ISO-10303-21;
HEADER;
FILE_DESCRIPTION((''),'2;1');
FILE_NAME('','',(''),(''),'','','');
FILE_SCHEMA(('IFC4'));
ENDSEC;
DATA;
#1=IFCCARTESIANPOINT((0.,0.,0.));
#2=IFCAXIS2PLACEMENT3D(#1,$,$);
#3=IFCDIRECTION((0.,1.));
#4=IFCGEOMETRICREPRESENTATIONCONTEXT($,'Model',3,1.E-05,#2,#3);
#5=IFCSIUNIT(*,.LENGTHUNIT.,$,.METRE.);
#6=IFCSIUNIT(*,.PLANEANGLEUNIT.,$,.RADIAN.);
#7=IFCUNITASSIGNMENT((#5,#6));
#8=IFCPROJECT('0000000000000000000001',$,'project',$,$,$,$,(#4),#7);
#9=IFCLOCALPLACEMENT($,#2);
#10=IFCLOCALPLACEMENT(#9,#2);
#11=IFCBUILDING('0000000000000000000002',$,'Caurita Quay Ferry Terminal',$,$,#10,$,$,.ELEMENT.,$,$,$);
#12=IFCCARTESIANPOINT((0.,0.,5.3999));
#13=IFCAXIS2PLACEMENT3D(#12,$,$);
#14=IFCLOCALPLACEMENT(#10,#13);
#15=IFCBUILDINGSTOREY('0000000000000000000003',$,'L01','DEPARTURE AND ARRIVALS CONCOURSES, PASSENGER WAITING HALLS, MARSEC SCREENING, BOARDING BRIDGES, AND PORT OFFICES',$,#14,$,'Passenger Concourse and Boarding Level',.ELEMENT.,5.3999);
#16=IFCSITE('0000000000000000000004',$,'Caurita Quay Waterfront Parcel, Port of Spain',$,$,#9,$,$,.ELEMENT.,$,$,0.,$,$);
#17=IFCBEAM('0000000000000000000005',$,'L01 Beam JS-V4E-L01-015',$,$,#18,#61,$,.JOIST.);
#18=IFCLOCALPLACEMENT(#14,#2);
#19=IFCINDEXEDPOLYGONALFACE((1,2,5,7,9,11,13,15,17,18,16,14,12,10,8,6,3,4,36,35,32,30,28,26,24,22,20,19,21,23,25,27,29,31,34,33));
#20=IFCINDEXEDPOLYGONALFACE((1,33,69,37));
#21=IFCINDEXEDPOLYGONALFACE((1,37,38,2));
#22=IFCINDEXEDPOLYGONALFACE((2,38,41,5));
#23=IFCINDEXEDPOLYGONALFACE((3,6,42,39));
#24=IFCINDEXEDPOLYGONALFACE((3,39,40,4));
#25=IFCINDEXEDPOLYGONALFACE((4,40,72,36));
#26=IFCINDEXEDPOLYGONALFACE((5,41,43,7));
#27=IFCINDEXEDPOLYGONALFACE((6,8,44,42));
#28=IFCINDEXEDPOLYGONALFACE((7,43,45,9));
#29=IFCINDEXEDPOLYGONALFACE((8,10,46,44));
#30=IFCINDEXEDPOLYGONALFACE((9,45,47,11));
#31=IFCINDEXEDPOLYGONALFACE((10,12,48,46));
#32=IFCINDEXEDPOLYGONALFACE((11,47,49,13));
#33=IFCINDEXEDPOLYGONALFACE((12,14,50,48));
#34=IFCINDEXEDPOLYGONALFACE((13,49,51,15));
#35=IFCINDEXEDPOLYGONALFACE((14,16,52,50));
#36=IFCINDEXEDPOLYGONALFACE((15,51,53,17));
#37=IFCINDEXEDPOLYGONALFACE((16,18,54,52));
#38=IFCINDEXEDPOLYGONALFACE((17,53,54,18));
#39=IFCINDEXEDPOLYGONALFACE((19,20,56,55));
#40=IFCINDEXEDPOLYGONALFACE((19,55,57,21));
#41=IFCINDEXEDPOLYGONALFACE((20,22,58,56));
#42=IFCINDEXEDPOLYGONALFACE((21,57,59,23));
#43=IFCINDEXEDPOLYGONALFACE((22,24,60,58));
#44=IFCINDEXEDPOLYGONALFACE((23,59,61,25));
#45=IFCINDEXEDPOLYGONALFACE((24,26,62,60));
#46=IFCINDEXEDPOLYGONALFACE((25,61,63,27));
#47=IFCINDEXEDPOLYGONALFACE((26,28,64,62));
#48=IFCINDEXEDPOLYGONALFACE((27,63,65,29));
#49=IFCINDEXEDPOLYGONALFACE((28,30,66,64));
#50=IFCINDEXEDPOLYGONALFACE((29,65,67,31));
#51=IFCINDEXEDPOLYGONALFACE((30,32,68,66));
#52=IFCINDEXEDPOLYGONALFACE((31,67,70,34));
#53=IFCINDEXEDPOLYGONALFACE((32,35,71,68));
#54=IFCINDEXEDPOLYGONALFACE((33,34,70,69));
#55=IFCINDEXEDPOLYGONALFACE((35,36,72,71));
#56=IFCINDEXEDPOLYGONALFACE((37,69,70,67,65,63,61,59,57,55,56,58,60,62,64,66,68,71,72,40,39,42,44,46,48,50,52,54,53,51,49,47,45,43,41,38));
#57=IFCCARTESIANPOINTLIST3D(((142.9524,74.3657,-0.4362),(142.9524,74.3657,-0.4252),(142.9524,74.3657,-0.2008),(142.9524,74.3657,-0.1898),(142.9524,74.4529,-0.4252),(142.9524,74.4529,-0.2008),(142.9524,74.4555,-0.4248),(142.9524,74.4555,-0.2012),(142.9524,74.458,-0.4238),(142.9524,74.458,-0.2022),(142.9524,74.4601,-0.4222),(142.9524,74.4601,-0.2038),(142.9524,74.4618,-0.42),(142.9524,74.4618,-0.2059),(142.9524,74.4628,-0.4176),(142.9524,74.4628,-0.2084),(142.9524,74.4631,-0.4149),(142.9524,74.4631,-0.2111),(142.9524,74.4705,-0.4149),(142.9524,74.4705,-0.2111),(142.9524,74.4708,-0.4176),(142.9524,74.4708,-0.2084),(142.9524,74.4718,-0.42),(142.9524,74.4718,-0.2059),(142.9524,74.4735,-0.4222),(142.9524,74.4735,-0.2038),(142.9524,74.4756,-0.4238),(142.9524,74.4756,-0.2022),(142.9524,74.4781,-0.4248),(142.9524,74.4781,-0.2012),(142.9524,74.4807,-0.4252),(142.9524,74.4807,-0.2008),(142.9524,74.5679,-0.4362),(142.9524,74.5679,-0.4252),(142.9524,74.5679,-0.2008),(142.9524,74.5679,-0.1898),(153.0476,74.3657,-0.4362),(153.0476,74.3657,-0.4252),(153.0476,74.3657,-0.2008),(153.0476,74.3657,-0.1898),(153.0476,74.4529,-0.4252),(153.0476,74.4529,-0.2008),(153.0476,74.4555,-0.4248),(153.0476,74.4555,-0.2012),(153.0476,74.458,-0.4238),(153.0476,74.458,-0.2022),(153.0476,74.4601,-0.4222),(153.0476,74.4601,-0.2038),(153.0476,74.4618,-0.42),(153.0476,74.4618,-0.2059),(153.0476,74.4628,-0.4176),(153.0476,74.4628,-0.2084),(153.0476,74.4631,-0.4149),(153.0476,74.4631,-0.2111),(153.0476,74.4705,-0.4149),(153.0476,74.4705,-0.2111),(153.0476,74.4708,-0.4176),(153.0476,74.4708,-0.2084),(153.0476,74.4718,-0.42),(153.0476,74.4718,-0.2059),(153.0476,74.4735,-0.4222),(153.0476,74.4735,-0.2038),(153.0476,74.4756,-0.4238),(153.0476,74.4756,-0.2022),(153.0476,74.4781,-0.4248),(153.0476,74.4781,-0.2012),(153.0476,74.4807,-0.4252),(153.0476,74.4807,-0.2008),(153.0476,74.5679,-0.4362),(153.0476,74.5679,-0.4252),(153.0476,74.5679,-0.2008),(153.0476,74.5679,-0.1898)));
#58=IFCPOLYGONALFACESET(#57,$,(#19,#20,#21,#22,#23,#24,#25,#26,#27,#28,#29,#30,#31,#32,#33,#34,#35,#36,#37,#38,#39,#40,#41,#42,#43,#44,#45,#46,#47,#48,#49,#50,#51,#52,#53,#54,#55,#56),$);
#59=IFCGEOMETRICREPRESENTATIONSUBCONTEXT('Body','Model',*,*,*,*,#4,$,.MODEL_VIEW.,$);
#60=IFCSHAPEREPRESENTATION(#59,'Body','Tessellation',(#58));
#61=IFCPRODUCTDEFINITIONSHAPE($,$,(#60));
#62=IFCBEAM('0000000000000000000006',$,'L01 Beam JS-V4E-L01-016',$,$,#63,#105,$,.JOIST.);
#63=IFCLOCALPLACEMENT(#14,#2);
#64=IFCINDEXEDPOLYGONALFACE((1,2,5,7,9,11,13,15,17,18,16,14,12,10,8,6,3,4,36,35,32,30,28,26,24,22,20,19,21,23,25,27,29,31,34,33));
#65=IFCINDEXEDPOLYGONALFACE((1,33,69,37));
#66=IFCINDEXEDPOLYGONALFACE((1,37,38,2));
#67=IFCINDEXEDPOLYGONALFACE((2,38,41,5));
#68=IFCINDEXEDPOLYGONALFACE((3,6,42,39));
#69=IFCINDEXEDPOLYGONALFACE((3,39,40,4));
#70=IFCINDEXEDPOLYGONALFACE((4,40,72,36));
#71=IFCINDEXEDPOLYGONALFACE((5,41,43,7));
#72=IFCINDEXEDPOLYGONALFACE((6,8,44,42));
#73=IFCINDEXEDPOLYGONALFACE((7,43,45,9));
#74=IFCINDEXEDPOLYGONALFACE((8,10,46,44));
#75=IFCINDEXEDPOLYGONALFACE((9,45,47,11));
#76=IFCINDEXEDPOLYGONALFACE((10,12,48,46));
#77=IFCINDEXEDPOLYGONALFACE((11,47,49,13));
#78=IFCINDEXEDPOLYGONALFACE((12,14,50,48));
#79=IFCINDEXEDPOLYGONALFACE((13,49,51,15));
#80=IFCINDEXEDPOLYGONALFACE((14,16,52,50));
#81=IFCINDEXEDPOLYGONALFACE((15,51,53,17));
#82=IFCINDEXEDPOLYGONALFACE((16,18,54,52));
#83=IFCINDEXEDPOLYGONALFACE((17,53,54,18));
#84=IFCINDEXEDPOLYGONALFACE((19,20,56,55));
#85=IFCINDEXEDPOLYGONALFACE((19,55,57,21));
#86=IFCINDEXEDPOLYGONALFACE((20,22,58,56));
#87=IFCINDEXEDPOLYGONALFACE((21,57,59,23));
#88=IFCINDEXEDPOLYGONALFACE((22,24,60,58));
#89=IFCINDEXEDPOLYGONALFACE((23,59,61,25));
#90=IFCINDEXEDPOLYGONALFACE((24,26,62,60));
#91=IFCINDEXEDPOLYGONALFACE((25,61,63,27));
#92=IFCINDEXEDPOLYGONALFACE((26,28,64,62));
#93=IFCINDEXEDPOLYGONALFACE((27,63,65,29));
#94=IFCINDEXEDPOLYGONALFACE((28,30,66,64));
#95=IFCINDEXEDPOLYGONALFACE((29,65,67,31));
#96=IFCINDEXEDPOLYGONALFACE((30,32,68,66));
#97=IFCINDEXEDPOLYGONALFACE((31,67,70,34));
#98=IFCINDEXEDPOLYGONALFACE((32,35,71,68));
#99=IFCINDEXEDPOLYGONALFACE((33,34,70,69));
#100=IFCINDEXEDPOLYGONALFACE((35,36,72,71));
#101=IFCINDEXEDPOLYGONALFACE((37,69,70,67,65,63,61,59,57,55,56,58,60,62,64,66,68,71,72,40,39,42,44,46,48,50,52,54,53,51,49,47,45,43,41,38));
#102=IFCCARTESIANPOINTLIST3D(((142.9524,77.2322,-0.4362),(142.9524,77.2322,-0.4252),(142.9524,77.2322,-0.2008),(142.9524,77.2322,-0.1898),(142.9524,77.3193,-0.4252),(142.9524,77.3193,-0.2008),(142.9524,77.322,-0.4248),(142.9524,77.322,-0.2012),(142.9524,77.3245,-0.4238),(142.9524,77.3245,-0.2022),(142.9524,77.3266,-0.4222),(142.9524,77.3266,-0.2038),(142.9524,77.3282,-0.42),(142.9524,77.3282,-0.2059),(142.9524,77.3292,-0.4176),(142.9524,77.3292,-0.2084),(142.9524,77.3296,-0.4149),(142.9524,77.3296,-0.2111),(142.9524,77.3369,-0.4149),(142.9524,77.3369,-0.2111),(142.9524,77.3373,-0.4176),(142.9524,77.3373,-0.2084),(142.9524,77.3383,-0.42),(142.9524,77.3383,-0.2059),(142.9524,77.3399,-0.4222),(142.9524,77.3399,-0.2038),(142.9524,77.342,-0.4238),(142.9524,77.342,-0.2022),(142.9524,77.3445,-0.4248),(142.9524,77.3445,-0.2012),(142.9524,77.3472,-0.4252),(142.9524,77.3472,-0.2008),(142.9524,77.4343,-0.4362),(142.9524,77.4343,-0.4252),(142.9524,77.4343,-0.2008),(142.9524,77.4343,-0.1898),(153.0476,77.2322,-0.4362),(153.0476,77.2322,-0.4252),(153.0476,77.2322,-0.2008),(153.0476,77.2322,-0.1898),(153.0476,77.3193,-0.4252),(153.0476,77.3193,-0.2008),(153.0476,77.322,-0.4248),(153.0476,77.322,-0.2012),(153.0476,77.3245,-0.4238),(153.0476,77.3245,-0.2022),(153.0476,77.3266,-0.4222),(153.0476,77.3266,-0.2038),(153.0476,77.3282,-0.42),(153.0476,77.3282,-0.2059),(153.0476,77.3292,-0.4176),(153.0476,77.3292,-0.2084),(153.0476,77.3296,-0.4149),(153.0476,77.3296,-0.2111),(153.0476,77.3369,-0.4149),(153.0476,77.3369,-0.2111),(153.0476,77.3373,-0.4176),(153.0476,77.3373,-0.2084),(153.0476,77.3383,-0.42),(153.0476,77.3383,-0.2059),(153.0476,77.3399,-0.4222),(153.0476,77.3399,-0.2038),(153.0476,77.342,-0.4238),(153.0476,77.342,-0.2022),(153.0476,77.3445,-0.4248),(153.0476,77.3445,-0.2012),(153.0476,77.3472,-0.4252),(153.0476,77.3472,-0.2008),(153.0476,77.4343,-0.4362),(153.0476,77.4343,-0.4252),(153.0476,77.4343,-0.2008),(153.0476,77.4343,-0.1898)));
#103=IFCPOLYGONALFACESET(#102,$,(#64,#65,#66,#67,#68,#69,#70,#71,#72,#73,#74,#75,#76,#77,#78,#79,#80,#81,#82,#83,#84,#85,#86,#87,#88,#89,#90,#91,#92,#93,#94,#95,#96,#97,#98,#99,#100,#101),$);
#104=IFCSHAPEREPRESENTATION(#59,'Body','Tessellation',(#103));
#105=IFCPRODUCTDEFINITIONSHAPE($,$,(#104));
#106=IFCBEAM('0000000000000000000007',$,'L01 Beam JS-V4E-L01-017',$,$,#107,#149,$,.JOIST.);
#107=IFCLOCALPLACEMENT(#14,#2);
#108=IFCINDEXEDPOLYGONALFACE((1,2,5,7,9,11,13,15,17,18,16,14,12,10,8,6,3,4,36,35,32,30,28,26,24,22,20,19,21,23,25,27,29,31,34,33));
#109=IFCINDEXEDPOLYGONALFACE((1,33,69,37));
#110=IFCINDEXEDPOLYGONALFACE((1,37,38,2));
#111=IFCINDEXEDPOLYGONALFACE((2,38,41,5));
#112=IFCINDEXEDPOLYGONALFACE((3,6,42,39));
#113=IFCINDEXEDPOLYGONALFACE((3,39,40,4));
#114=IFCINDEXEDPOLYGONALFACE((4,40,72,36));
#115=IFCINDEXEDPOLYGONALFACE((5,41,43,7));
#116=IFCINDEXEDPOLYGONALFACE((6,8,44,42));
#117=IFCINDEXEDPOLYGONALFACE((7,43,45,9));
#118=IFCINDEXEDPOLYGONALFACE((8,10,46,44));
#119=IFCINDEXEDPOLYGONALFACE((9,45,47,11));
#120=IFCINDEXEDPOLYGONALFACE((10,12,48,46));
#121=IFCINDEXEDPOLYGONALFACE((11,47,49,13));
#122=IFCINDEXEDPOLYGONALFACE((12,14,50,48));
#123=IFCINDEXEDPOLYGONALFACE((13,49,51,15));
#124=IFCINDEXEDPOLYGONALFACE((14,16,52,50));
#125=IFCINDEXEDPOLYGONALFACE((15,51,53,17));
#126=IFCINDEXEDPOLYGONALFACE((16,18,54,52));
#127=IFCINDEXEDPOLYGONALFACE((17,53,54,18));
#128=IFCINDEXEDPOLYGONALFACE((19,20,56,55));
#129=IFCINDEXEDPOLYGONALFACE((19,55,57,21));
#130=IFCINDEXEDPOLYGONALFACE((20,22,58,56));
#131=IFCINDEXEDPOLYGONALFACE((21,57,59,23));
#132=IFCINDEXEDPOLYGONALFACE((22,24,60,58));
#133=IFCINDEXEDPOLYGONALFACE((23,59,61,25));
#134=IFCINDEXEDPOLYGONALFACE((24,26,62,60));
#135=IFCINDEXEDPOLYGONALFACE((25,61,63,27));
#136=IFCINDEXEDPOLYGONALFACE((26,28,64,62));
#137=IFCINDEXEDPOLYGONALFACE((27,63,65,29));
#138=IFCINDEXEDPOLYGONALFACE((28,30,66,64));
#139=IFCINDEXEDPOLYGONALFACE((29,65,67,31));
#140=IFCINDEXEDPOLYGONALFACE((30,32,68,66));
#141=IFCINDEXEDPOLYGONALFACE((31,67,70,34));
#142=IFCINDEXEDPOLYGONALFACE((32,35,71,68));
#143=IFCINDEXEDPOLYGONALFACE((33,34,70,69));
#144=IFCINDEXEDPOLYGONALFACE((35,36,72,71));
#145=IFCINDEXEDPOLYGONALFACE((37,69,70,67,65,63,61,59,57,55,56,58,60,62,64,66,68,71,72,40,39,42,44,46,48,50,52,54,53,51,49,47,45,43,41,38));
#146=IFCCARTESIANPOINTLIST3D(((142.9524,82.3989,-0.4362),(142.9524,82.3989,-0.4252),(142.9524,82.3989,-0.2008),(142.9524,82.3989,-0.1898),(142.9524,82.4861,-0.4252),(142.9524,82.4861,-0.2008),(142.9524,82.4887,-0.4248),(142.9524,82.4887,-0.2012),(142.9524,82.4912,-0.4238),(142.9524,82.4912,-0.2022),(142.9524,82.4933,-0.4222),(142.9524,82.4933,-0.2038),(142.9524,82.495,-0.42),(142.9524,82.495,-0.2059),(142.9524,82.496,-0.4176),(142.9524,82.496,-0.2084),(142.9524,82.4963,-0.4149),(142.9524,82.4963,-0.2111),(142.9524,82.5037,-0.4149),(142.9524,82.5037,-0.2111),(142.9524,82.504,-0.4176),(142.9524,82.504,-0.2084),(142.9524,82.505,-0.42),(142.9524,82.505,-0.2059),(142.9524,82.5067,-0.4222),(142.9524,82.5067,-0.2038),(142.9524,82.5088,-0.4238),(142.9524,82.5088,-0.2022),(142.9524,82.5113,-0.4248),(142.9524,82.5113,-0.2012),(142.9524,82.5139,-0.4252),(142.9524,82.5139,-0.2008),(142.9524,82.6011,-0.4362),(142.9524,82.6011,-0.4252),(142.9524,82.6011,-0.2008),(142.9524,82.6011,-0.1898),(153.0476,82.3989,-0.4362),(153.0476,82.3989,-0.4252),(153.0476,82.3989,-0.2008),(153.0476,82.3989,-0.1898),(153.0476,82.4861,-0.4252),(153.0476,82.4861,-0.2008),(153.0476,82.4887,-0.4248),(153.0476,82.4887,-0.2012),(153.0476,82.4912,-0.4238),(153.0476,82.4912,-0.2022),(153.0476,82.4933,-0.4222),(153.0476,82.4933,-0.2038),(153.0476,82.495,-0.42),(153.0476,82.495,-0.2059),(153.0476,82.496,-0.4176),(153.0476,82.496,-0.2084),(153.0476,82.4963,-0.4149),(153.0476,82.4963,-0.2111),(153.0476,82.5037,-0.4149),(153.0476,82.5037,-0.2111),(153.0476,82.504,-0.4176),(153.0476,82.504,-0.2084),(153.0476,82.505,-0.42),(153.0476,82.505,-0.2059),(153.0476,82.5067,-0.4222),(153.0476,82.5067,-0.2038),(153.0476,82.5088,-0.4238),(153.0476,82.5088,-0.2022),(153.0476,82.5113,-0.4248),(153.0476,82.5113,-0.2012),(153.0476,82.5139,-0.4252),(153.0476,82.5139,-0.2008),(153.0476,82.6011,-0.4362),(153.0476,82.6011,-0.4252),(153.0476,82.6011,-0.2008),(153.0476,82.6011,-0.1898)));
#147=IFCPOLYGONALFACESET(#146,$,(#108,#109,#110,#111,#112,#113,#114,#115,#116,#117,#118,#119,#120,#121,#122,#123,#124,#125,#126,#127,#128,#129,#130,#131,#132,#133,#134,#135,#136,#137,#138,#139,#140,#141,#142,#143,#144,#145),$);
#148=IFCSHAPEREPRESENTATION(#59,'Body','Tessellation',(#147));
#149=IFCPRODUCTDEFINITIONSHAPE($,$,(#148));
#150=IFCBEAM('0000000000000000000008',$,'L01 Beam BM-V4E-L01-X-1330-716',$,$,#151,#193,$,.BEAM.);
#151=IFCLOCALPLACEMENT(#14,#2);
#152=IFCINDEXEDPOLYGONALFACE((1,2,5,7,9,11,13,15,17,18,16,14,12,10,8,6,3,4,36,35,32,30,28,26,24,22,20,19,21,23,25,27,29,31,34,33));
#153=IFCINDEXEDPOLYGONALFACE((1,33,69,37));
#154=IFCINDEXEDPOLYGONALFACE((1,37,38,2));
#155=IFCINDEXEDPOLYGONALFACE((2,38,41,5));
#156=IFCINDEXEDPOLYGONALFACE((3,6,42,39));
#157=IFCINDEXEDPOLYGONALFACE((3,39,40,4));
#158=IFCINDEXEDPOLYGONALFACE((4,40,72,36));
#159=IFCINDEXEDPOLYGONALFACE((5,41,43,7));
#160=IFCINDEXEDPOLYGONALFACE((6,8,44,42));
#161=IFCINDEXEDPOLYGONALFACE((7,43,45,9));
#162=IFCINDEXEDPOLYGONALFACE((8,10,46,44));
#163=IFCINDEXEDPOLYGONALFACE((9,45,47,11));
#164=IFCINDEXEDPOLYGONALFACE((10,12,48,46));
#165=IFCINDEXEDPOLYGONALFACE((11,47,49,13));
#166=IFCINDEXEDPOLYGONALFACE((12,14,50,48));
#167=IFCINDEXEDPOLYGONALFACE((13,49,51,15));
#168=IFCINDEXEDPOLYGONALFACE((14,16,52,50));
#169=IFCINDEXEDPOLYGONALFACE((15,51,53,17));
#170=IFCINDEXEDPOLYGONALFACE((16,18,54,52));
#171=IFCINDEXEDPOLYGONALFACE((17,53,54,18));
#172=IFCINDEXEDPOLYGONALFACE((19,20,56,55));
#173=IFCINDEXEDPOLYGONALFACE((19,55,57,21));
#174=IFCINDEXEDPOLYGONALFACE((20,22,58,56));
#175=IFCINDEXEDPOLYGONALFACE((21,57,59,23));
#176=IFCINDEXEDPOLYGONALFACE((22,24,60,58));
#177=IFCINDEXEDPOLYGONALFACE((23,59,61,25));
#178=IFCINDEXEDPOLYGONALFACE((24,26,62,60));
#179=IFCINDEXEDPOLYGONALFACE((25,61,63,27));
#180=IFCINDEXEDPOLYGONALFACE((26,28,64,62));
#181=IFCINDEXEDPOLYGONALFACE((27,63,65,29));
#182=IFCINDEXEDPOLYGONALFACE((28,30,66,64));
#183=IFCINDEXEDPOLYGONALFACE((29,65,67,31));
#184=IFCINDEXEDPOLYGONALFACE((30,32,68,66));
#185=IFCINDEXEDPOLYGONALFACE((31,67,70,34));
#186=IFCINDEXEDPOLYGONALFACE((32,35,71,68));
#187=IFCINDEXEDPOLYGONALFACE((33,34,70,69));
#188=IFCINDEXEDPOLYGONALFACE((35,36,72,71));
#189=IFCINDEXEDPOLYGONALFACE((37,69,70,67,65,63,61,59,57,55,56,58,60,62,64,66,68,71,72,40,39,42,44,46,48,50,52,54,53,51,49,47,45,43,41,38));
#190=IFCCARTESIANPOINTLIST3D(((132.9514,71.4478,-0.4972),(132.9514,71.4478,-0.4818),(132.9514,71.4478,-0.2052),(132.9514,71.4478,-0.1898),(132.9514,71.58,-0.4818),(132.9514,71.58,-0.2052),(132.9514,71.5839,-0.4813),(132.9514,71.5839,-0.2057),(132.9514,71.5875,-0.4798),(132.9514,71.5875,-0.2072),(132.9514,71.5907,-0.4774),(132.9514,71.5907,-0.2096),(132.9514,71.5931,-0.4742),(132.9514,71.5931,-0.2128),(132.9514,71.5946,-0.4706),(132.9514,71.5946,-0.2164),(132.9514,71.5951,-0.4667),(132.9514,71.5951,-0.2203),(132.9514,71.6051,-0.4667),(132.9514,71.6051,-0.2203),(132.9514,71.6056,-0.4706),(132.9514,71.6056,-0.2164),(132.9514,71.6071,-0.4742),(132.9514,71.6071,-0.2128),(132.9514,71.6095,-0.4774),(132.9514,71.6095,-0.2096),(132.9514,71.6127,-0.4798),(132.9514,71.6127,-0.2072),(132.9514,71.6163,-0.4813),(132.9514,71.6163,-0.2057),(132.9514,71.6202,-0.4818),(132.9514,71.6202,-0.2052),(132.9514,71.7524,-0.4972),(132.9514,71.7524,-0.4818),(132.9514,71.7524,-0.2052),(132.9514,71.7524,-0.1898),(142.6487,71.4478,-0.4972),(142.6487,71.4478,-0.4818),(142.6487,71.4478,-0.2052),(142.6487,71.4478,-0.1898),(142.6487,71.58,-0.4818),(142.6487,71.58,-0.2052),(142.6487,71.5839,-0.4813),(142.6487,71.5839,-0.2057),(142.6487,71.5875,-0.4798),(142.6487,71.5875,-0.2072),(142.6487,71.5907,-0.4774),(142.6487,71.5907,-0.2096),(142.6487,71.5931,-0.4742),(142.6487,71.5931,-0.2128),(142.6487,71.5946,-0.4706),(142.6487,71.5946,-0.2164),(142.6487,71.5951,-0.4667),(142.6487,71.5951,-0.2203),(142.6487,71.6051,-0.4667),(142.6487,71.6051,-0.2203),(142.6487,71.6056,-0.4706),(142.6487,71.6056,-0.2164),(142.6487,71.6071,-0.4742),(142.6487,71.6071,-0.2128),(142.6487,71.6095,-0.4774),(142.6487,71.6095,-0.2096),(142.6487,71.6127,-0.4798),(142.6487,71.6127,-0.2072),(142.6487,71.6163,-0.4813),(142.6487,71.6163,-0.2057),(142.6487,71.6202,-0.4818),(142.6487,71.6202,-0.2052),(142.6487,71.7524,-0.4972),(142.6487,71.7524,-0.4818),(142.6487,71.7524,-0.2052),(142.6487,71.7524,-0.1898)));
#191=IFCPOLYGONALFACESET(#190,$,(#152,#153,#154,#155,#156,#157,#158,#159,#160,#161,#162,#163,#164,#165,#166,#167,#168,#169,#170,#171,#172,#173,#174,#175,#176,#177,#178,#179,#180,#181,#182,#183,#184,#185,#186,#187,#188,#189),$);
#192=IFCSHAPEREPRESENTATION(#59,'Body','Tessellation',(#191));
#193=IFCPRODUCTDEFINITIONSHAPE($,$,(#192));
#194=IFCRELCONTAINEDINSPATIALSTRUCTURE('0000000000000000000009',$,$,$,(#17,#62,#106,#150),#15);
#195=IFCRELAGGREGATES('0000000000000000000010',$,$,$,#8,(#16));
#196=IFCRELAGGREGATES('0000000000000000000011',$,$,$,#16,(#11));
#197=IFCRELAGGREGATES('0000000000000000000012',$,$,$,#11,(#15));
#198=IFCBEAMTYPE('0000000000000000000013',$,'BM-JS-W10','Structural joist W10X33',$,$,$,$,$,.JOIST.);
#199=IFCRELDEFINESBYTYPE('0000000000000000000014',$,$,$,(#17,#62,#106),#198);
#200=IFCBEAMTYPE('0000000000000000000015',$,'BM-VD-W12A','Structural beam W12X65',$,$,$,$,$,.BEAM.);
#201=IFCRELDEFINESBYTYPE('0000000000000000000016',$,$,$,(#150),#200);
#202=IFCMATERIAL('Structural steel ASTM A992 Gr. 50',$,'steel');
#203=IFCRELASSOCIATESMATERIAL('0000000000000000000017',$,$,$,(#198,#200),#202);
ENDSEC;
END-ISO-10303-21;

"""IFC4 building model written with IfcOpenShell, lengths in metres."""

from ifc_helpers import new_model, si_unit, direction, frame, origin, origin_2d, place, context, subcontext, project, spatial, i_section, extrude, material, material_profile, profile_set, type_object, element, save


model = new_model("IFC4")

# Units and contexts
model_context = context("Model", 3, precision=1e-05, world=origin(), true_north=direction((0.0, 1.0)))
body_context = subcontext(model_context, "Body", "Model", "MODEL_VIEW")
ifc_project = project(units=[si_unit("LENGTHUNIT", "METRE"), si_unit("PLANEANGLEUNIT", "RADIAN")], contexts=[model_context])

# Site, building, storey
site_placement = place(None, origin())
site = spatial("IfcSite", under=ifc_project, at=site_placement, Name="Caurita Quay Waterfront Parcel, Port of Spain", CompositionType="ELEMENT", RefElevation=0.0)
building_placement = place(site_placement, origin())
building = spatial("IfcBuilding", under=site, at=building_placement, Name="Caurita Quay Ferry Terminal", CompositionType="ELEMENT")
storey_placement = place(building_placement, frame((0.0, 0.0, 5.3999)))
storey = spatial("IfcBuildingStorey", under=building, at=storey_placement, Name="L01", Description="DEPARTURE AND ARRIVALS CONCOURSES, PASSENGER WAITING HALLS, MARSEC SCREENING, BOARDING BRIDGES, AND PORT OFFICES", LongName="Passenger Concourse and Boarding Level", CompositionType="ELEMENT", Elevation=5.3999)

# Beams
ifc_material_1 = material(Name="Structural steel ASTM A992 Gr. 50", Category="steel")
ifc_material_profile_1 = material_profile(ifc_material_1, i_section(OverallWidth=0.2021, OverallDepth=0.2463, WebThickness=0.0073, FlangeThickness=0.011, FilletRadius=0.0103, at=origin_2d()), Name="W10X33")
ifc_profile_set_1 = profile_set([ifc_material_profile_1], Name="Structural steel ASTM A992 Gr. 50")
beam_type_1 = type_object("IfcBeamType", Name="BM-JS-W10", Description="Structural joist W10X33", PredefinedType="JOIST", material=ifc_profile_set_1)
for number, where, z_axis, x_axis, name in (
    (1, (142.9524, 74.4668, -0.313), (1.0, 0.0, 0.0), (0.0, 1.0, 0.0), "L01 Beam JS-V4E-L01-015"),
    (2, (142.9524, 77.3333, -0.313), (1.0, 0.0, 0.0), (0.0, 1.0, 0.0), "L01 Beam JS-V4E-L01-016"),
    (3, (142.9524, 82.5, -0.313), (1.0, 0.0, 0.0), (0.0, 1.0, 0.0), "L01 Beam JS-V4E-L01-017"),
):
    element("IfcBeam", number, at=place(storey_placement, frame(where, z_axis=z_axis, x_axis=x_axis)), inside=storey, type_object=beam_type_1, Name=name, PredefinedType="JOIST", context=body_context, shape_type="SweptSolid", body=[
        extrude(i_section(OverallWidth=0.2021, OverallDepth=0.2463, WebThickness=0.0073, FlangeThickness=0.011, FilletRadius=0.0103, at=origin_2d()), origin(), (0.0, 0.0, 1.0), 10.0952),
    ])
ifc_material_profile_2 = material_profile(ifc_material_1, i_section(OverallWidth=0.3047, OverallDepth=0.3074, WebThickness=0.01, FlangeThickness=0.0154, FilletRadius=0.0151, at=origin_2d()), Name="W12X65")
ifc_profile_set_2 = profile_set([ifc_material_profile_2], Name="Structural steel ASTM A992 Gr. 50")
beam_type_2 = type_object("IfcBeamType", Name="BM-VD-W12A", Description="Structural beam W12X65", PredefinedType="BEAM", material=ifc_profile_set_2)
beam_1_placement = place(storey_placement, frame((132.9514, 71.6001, -0.3435), z_axis=(1.0, 0.0, 0.0), x_axis=(0.0, 1.0, 0.0)))
element("IfcBeam", 4, at=beam_1_placement, inside=storey, type_object=beam_type_2, Name="L01 Beam BM-V4E-L01-X-1330-716", PredefinedType="BEAM", context=body_context, shape_type="SweptSolid", body=[
    extrude(i_section(OverallWidth=0.3047, OverallDepth=0.3074, WebThickness=0.01, FlangeThickness=0.0154, FilletRadius=0.0151, at=origin_2d()), origin(), (0.0, 0.0, 1.0), 9.6973),
])

save(model, "model.ifc")
